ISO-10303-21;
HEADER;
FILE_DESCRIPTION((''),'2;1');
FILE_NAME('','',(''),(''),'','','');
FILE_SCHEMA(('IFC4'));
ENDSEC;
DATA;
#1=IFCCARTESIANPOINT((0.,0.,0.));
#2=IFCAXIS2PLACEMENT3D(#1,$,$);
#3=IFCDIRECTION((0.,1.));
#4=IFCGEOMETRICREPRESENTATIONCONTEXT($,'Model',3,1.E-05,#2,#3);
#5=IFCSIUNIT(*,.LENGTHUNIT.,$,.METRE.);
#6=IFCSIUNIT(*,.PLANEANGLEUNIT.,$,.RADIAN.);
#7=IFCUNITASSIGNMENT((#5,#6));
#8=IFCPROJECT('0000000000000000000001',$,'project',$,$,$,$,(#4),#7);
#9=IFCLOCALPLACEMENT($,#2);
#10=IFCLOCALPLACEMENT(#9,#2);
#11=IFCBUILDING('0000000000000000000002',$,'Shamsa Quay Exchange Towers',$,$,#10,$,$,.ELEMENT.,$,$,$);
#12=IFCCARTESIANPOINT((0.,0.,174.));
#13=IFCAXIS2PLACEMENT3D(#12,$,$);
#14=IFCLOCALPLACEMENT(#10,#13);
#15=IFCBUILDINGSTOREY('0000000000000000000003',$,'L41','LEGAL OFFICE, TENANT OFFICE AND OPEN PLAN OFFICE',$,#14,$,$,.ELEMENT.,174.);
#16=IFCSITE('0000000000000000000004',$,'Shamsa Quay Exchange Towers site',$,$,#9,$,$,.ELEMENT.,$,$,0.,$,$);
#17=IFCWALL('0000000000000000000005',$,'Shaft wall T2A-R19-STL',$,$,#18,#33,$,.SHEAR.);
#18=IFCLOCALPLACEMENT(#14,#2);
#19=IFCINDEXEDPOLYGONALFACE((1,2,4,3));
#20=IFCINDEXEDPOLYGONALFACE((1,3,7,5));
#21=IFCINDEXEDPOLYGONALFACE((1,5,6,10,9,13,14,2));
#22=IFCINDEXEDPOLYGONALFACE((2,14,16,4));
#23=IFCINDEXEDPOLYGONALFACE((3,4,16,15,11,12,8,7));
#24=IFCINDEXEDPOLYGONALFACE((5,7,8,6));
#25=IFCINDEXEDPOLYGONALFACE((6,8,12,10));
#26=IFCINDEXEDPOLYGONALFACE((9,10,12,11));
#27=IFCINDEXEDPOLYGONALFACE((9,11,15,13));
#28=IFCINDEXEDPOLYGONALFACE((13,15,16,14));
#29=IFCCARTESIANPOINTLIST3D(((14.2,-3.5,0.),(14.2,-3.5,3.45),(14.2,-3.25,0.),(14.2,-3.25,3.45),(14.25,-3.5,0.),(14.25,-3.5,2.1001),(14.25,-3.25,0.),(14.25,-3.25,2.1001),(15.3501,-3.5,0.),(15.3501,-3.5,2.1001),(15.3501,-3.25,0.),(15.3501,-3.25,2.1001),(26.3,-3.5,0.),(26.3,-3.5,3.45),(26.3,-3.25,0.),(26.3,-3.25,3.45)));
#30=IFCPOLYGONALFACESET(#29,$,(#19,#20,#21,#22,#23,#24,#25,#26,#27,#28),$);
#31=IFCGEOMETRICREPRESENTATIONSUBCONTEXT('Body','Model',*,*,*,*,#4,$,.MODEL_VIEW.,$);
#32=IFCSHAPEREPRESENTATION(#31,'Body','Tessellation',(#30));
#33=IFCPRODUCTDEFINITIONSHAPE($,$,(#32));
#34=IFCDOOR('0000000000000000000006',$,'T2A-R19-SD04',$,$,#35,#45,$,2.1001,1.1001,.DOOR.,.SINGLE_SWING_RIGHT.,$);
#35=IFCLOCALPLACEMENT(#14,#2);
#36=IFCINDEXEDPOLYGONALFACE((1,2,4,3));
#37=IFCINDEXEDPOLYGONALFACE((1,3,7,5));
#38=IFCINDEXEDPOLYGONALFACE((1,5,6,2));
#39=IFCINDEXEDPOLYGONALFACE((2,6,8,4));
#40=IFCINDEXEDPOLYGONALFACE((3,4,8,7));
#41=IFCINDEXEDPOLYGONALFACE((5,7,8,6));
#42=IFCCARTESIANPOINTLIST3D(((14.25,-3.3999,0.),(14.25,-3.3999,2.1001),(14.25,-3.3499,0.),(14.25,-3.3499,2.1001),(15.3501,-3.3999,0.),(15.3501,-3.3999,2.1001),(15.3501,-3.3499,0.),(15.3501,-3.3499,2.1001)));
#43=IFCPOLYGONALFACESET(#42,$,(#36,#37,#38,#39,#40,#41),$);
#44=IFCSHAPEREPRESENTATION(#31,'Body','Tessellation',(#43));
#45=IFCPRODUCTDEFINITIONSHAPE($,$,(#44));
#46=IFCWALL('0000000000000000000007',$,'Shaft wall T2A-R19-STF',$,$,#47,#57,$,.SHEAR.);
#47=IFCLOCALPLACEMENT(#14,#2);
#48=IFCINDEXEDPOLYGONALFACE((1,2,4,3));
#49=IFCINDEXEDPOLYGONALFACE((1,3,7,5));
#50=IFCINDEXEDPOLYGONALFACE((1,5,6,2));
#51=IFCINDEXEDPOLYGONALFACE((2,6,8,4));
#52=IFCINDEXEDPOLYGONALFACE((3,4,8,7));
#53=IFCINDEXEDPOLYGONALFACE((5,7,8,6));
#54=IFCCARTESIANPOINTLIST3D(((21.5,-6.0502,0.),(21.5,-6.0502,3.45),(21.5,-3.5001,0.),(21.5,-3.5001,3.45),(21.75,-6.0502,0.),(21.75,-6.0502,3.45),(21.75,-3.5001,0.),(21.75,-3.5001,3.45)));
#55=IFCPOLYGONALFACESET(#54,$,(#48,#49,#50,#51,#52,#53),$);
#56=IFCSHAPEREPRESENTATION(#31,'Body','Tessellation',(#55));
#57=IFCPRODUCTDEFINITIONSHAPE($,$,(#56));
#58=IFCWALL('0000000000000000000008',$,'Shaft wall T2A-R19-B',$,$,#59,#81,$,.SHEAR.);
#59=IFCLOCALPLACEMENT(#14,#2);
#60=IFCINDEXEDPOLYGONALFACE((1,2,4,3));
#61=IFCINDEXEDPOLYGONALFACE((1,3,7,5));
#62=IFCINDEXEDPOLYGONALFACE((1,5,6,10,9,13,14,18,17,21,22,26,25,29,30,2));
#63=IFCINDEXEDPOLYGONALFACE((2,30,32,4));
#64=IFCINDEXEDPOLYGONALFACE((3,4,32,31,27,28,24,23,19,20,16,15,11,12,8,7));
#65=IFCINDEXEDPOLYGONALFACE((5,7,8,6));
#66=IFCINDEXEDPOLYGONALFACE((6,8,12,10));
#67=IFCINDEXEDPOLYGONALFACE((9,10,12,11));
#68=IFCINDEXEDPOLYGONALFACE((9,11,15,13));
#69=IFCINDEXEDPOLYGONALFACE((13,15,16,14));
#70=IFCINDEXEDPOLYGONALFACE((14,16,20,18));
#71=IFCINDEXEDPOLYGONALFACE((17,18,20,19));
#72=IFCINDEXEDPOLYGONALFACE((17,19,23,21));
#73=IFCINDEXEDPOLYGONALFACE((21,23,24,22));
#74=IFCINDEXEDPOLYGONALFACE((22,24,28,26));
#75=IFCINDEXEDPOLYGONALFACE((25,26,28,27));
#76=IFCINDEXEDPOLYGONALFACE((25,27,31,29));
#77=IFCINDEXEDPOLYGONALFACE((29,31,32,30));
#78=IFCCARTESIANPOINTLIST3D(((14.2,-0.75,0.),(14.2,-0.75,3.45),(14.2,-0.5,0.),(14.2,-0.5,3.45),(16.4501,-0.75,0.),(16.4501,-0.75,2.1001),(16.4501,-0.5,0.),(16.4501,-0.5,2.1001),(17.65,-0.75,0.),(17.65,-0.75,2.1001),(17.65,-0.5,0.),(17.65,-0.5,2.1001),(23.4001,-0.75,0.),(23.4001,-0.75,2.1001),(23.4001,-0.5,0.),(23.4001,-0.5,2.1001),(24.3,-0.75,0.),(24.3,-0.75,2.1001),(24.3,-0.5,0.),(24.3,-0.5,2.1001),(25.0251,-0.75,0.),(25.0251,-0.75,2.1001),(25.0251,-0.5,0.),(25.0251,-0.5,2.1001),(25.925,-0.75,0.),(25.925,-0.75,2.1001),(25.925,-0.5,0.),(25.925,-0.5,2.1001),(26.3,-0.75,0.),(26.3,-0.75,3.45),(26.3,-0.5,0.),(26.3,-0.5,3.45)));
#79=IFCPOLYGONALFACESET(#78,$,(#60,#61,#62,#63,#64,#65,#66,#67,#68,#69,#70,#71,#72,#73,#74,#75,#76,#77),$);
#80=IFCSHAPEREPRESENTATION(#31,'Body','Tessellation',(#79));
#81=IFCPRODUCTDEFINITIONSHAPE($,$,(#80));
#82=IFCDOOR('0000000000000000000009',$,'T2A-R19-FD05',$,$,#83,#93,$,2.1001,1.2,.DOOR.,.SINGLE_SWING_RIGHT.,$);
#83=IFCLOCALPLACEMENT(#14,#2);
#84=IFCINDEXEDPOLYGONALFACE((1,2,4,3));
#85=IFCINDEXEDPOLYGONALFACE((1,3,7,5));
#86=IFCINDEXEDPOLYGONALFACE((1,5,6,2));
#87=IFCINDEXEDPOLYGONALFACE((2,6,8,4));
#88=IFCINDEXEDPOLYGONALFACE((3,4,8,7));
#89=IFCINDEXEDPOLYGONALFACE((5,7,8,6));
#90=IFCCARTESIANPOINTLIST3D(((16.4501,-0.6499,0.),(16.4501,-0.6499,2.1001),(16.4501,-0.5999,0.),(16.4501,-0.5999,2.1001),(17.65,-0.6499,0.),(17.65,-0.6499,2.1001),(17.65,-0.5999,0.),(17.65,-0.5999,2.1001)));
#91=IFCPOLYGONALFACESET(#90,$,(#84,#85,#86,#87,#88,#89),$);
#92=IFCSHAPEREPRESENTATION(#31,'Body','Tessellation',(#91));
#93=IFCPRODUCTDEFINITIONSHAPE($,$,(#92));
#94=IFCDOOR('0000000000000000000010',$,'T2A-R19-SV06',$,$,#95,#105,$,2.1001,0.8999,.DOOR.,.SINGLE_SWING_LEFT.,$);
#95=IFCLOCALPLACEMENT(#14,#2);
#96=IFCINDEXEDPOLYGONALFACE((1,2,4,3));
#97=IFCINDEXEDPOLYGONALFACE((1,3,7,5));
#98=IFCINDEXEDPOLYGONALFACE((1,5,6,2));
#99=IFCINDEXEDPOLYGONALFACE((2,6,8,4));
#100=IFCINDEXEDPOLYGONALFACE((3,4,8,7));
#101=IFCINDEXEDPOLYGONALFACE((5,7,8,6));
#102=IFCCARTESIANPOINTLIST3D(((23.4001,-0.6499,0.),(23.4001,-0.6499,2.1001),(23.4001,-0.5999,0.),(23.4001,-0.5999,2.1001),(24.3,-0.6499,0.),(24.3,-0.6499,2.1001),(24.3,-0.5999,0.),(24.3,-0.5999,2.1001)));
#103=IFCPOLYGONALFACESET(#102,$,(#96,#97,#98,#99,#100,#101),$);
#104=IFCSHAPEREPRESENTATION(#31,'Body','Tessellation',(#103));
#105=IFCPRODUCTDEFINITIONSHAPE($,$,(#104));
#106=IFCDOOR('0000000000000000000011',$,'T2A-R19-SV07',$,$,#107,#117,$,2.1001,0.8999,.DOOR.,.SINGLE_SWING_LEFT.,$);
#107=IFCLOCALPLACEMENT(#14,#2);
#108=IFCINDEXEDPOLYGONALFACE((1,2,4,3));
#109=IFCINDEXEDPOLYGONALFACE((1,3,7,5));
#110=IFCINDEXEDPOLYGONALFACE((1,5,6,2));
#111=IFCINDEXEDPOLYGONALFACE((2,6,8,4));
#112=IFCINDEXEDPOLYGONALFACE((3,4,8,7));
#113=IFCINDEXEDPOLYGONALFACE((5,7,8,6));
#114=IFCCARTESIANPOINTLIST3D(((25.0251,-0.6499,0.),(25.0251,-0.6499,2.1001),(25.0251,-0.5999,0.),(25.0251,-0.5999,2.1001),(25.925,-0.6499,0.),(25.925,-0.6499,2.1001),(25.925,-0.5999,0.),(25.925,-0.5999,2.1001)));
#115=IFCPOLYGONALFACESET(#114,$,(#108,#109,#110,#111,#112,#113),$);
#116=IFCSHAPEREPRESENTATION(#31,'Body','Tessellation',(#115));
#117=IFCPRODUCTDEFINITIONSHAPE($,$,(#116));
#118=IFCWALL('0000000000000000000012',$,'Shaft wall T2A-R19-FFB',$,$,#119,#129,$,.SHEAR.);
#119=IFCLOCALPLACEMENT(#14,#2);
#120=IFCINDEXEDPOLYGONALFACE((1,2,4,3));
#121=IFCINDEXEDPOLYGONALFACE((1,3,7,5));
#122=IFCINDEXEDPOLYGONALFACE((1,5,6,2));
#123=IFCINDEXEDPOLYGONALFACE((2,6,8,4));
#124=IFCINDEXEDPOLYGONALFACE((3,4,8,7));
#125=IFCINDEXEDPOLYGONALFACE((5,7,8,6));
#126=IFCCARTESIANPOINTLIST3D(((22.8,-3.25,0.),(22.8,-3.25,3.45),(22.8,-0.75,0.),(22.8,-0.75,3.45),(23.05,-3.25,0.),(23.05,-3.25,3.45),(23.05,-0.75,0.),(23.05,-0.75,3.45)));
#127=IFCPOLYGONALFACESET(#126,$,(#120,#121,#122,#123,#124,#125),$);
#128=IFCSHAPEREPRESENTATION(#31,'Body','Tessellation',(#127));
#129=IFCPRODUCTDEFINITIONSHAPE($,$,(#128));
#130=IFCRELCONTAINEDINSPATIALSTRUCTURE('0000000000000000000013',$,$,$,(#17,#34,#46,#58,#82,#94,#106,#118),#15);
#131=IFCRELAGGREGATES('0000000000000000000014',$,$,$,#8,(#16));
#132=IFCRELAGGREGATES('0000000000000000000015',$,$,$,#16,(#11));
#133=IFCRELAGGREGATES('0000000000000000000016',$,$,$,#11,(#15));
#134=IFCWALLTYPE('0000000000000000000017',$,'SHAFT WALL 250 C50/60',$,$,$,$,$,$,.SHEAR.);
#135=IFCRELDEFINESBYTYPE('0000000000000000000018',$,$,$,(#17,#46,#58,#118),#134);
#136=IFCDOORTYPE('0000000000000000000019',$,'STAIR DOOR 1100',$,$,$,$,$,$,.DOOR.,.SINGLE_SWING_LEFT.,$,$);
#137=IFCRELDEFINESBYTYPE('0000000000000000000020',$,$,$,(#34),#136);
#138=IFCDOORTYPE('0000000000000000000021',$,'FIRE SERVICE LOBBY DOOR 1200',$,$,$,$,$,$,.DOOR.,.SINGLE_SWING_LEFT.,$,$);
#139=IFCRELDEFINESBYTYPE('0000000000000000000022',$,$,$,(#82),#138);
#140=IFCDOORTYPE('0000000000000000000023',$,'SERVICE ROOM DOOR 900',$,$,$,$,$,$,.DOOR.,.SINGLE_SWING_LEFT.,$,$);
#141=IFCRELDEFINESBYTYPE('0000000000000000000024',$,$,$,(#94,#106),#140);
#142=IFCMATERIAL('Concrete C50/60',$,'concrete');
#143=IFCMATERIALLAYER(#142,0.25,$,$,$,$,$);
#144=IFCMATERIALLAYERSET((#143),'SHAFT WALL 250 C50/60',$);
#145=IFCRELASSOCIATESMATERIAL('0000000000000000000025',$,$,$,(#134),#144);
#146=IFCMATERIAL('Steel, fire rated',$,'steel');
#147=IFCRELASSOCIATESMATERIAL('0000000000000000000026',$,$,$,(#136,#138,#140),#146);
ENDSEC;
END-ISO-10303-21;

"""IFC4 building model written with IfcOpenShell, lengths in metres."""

from ifc_helpers import new_model, si_unit, direction, frame, frame_2d, origin, place, context, subcontext, project, spatial, rectangle, extrude, material, layer, layer_set, type_object, element, fill, save


model = new_model("IFC4")

# Units and contexts
model_context = context("Model", 3, precision=1e-05, world=origin(), true_north=direction((0.0, 1.0)))
body_context = subcontext(model_context, "Body", "Model", "MODEL_VIEW")
ifc_project = project(units=[si_unit("LENGTHUNIT", "METRE"), si_unit("PLANEANGLEUNIT", "RADIAN")], contexts=[model_context])

# Site, building, storey
site_placement = place(None, origin())
site = spatial("IfcSite", under=ifc_project, at=site_placement, Name="Shamsa Quay Exchange Towers site", CompositionType="ELEMENT", RefElevation=0.0)
building_placement = place(site_placement, origin())
building = spatial("IfcBuilding", under=site, at=building_placement, Name="Shamsa Quay Exchange Towers", CompositionType="ELEMENT")
storey_placement = place(building_placement, frame((0.0, 0.0, 174.0)))
storey = spatial("IfcBuildingStorey", under=building, at=storey_placement, Name="L41", Description="LEGAL OFFICE, TENANT OFFICE AND OPEN PLAN OFFICE", CompositionType="ELEMENT", Elevation=174.0)

# Wall, opening, door
ifc_material_1 = material(Name="Concrete C50/60", Category="concrete")
ifc_layer_1 = layer(ifc_material_1, 0.25)
ifc_layer_set_1 = layer_set([ifc_layer_1], Name="SHAFT WALL 250 C50/60")
wall_type_1 = type_object("IfcWallType", Name="SHAFT WALL 250 C50/60", PredefinedType="SHEAR", material=ifc_layer_set_1)
wall_1_placement = place(storey_placement, frame((26.3, -3.375, 0.0), z_axis=(0.0, 0.0, 1.0), x_axis=(-1.0, 0.0, 0.0)))
wall_1 = element("IfcWall", 1, at=wall_1_placement, inside=storey, type_object=wall_type_1, Name="Shaft wall T2A-R19-STL", PredefinedType="SHEAR", context=body_context, shape_type="SweptSolid", body=[
    extrude(rectangle(XDim=12.1001, YDim=0.25, at=frame_2d((6.05, 0.0))), origin(), (0.0, 0.0, 1.0), 3.45),
])
opening_1_placement = place(wall_1_placement, frame((10.95, 0.0, 0.0)))
opening_1 = element("IfcOpeningElement", 2, at=opening_1_placement, cuts=wall_1, PredefinedType="OPENING", context=body_context, shape_type="SweptSolid", body=[
    extrude(rectangle(XDim=1.1001, YDim=2.1001, at=frame_2d((0.55, 1.05))), frame((0.0, 0.135, 0.0), z_axis=(0.0, -1.0, 0.0), x_axis=(1.0, 0.0, 0.0)), (0.0, 0.0, 1.0), 0.27),
])
ifc_material_2 = material(Name="Steel, fire rated", Category="steel")
door_type_1 = type_object("IfcDoorType", Name="STAIR DOOR 1100", OperationType="SINGLE_SWING_LEFT", PredefinedType="DOOR", material=ifc_material_2)
door_1_placement = place(opening_1_placement, origin())
door_1 = element("IfcDoor", 3, at=door_1_placement, inside=storey, type_object=door_type_1, Name="T2A-R19-SD04", OperationType="SINGLE_SWING_RIGHT", OverallHeight=2.1001, OverallWidth=1.1001, PredefinedType="DOOR", context=body_context, shape_type="SweptSolid", body=[
    extrude(rectangle(XDim=1.1001, YDim=2.1001, at=frame_2d((0.55, 1.05))), frame((0.0, 0.0249, 0.0), z_axis=(0.0, -1.0, 0.0), x_axis=(1.0, 0.0, 0.0)), (0.0, 0.0, 1.0), 0.05),
])
fill(opening_1, door_1)

# Wall
wall_2_placement = place(storey_placement, frame((21.625, -6.05, 0.0), z_axis=(0.0, 0.0, 1.0), x_axis=(0.0, 1.0, 0.0)))
element("IfcWall", 4, at=wall_2_placement, inside=storey, type_object=wall_type_1, Name="Shaft wall T2A-R19-STF", PredefinedType="SHEAR", context=body_context, shape_type="SweptSolid", body=[
    extrude(rectangle(XDim=2.55, YDim=0.25, at=frame_2d((1.2749, 0.0))), origin(), (0.0, 0.0, 1.0), 3.45),
])

# Wall, openings, doors
wall_3_placement = place(storey_placement, frame((26.3, -0.625, 0.0), z_axis=(0.0, 0.0, 1.0), x_axis=(-1.0, 0.0, 0.0)))
wall_3 = element("IfcWall", 5, at=wall_3_placement, inside=storey, type_object=wall_type_1, Name="Shaft wall T2A-R19-B", PredefinedType="SHEAR", context=body_context, shape_type="SweptSolid", body=[
    extrude(rectangle(XDim=12.1001, YDim=0.25, at=frame_2d((6.05, 0.0))), origin(), (0.0, 0.0, 1.0), 3.45),
])
opening_2_placement = place(wall_3_placement, frame((8.6499, 0.0, 0.0)))
opening_2 = element("IfcOpeningElement", 6, at=opening_2_placement, cuts=wall_3, PredefinedType="OPENING", context=body_context, shape_type="SweptSolid", body=[
    extrude(rectangle(XDim=1.2, YDim=2.1001, at=frame_2d((0.6001, 1.05))), frame((0.0, 0.135, 0.0), z_axis=(0.0, -1.0, 0.0), x_axis=(1.0, 0.0, 0.0)), (0.0, 0.0, 1.0), 0.27),
])
opening_3_placement = place(wall_3_placement, frame((2.0, 0.0, 0.0)))
opening_3 = element("IfcOpeningElement", 7, at=opening_3_placement, cuts=wall_3, PredefinedType="OPENING", context=body_context, shape_type="SweptSolid", body=[
    extrude(rectangle(XDim=0.8999, YDim=2.1001, at=frame_2d((0.45, 1.05))), frame((0.0, 0.135, 0.0), z_axis=(0.0, -1.0, 0.0), x_axis=(1.0, 0.0, 0.0)), (0.0, 0.0, 1.0), 0.27),
])
opening_4_placement = place(wall_3_placement, frame((0.375, 0.0, 0.0)))
opening_4 = element("IfcOpeningElement", 8, at=opening_4_placement, cuts=wall_3, PredefinedType="OPENING", context=body_context, shape_type="SweptSolid", body=[
    extrude(rectangle(XDim=0.8999, YDim=2.1001, at=frame_2d((0.45, 1.05))), frame((0.0, 0.135, 0.0), z_axis=(0.0, -1.0, 0.0), x_axis=(1.0, 0.0, 0.0)), (0.0, 0.0, 1.0), 0.27),
])
door_type_2 = type_object("IfcDoorType", Name="FIRE SERVICE LOBBY DOOR 1200", OperationType="SINGLE_SWING_LEFT", PredefinedType="DOOR", material=ifc_material_2)
door_2_placement = place(opening_2_placement, origin())
door_2 = element("IfcDoor", 9, at=door_2_placement, inside=storey, type_object=door_type_2, Name="T2A-R19-FD05", OperationType="SINGLE_SWING_RIGHT", OverallHeight=2.1001, OverallWidth=1.2, PredefinedType="DOOR", context=body_context, shape_type="SweptSolid", body=[
    extrude(rectangle(XDim=1.2, YDim=2.1001, at=frame_2d((0.6001, 1.05))), frame((0.0, 0.0249, 0.0), z_axis=(0.0, -1.0, 0.0), x_axis=(1.0, 0.0, 0.0)), (0.0, 0.0, 1.0), 0.05),
])
fill(opening_2, door_2)
door_type_3 = type_object("IfcDoorType", Name="SERVICE ROOM DOOR 900", OperationType="SINGLE_SWING_LEFT", PredefinedType="DOOR", material=ifc_material_2)
door_3_placement = place(opening_3_placement, origin())
door_3 = element("IfcDoor", 10, at=door_3_placement, inside=storey, type_object=door_type_3, Name="T2A-R19-SV06", OperationType="SINGLE_SWING_LEFT", OverallHeight=2.1001, OverallWidth=0.8999, PredefinedType="DOOR", context=body_context, shape_type="SweptSolid", body=[
    extrude(rectangle(XDim=0.8999, YDim=2.1001, at=frame_2d((0.45, 1.05))), frame((0.0, 0.0249, 0.0), z_axis=(0.0, -1.0, 0.0), x_axis=(1.0, 0.0, 0.0)), (0.0, 0.0, 1.0), 0.05),
])
fill(opening_3, door_3)
door_4_placement = place(opening_4_placement, origin())
door_4 = element("IfcDoor", 11, at=door_4_placement, inside=storey, type_object=door_type_3, Name="T2A-R19-SV07", OperationType="SINGLE_SWING_LEFT", OverallHeight=2.1001, OverallWidth=0.8999, PredefinedType="DOOR", context=body_context, shape_type="SweptSolid", body=[
    extrude(rectangle(XDim=0.8999, YDim=2.1001, at=frame_2d((0.45, 1.05))), frame((0.0, 0.0249, 0.0), z_axis=(0.0, -1.0, 0.0), x_axis=(1.0, 0.0, 0.0)), (0.0, 0.0, 1.0), 0.05),
])
fill(opening_4, door_4)

# Wall
wall_4_placement = place(storey_placement, frame((22.925, -3.25, 0.0), z_axis=(0.0, 0.0, 1.0), x_axis=(0.0, 1.0, 0.0)))
element("IfcWall", 12, at=wall_4_placement, inside=storey, type_object=wall_type_1, Name="Shaft wall T2A-R19-FFB", PredefinedType="SHEAR", context=body_context, shape_type="SweptSolid", body=[
    extrude(rectangle(XDim=2.5, YDim=0.25, at=frame_2d((1.25, 0.0))), origin(), (0.0, 0.0, 1.0), 3.45),
])

save(model, "model.ifc")
